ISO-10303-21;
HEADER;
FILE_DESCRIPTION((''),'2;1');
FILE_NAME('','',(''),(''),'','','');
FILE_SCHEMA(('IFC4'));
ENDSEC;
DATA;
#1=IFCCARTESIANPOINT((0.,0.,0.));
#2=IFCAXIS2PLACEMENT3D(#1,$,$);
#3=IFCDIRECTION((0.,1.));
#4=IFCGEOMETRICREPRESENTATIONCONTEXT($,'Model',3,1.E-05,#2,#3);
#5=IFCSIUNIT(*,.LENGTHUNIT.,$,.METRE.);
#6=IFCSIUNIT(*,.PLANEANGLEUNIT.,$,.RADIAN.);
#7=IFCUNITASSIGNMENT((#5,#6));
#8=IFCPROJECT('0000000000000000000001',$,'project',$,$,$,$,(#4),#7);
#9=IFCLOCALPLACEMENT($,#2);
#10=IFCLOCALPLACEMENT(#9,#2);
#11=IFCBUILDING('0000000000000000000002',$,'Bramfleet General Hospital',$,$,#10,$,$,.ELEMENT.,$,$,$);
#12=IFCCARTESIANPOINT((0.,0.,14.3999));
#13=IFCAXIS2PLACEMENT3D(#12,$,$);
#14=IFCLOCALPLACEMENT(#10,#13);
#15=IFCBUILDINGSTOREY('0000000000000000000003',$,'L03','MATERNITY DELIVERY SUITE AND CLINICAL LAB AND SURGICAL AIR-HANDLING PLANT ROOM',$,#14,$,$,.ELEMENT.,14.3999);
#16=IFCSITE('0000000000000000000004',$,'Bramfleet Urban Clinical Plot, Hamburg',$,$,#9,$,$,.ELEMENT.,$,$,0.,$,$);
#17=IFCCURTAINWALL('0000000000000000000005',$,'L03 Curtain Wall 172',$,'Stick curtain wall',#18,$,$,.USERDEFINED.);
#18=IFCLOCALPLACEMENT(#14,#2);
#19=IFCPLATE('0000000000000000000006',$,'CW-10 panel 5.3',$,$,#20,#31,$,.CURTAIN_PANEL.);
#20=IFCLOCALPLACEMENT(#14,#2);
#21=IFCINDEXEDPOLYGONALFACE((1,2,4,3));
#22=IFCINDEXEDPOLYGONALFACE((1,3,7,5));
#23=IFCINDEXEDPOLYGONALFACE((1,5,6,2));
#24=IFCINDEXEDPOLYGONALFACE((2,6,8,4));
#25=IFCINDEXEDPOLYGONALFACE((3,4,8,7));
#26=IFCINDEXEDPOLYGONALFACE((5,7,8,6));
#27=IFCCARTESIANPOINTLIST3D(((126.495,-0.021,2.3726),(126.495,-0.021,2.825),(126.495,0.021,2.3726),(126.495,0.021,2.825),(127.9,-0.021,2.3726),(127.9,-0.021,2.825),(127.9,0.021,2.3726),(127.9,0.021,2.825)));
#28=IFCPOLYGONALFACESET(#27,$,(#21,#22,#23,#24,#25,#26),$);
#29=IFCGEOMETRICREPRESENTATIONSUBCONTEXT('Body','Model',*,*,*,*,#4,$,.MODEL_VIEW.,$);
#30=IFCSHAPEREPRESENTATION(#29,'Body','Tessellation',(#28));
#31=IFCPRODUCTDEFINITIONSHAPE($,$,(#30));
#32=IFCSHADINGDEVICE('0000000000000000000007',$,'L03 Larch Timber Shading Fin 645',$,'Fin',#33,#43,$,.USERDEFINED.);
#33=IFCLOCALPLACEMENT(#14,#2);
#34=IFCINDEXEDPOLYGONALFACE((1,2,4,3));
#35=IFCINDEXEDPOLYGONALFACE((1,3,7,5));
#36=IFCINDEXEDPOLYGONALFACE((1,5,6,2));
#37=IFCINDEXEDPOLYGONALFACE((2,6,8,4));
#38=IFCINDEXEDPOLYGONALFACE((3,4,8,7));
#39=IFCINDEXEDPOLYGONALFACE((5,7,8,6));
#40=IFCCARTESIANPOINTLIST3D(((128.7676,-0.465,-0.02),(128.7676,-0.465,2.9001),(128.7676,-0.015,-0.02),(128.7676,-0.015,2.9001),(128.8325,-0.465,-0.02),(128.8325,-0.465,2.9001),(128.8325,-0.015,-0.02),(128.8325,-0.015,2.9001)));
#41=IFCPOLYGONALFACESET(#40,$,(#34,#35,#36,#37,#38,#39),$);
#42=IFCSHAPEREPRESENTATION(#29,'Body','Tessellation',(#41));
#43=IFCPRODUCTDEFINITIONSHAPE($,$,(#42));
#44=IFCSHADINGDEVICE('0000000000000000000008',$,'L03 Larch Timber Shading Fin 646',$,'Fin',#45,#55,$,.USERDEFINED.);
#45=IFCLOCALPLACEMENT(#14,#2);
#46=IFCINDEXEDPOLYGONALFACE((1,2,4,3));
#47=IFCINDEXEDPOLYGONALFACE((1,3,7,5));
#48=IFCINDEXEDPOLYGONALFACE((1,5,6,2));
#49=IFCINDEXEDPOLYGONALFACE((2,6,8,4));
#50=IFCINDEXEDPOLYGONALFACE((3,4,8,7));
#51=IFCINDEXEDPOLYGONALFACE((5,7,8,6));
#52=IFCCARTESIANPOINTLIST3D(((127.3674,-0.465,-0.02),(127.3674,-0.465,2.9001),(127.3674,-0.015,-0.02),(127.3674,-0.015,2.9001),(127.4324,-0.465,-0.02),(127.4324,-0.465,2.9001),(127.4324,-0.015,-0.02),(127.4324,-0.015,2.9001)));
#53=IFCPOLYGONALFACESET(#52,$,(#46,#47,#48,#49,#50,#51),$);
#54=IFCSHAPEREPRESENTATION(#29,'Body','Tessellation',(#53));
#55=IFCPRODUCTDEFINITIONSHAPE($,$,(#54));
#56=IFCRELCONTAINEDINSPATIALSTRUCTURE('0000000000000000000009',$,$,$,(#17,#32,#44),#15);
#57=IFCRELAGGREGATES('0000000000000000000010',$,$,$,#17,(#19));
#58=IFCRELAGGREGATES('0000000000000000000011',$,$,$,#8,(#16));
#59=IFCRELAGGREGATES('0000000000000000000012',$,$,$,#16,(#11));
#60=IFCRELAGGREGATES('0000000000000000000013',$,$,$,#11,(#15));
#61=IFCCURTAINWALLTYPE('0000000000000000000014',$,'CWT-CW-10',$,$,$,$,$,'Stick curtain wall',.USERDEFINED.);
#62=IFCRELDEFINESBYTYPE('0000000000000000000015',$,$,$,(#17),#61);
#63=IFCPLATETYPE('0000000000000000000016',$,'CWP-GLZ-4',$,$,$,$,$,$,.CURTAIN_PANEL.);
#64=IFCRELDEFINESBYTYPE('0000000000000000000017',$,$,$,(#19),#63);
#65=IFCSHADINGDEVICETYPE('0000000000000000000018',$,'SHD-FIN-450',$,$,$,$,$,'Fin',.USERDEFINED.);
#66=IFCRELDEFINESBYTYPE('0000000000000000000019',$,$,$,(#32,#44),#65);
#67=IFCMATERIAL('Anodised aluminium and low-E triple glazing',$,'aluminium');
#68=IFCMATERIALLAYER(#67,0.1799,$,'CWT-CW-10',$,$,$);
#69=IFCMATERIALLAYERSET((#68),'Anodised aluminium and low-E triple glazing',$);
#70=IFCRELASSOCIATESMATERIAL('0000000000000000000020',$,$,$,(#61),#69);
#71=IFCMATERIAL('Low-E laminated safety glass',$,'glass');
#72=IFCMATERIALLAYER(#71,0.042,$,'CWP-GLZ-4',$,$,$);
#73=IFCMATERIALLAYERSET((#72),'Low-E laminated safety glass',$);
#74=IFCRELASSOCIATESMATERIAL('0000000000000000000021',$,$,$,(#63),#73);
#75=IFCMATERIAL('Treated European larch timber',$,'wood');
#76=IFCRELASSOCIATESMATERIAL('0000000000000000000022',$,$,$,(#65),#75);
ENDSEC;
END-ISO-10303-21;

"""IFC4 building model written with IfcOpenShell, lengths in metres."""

from ifc_helpers import new_model, si_unit, direction, frame, origin, origin_2d, place, context, subcontext, project, spatial, rectangle, extrude, material, layer, layer_set, material_profile, profile_set, type_object, element, aggregate, save


model = new_model("IFC4")

# Units and contexts
model_context = context("Model", 3, precision=1e-05, world=origin(), true_north=direction((0.0, 1.0)))
body_context = subcontext(model_context, "Body", "Model", "MODEL_VIEW")
ifc_project = project(units=[si_unit("LENGTHUNIT", "METRE"), si_unit("PLANEANGLEUNIT", "RADIAN")], contexts=[model_context])

# Site, building, storey
site_placement = place(None, origin())
site = spatial("IfcSite", under=ifc_project, at=site_placement, Name="Bramfleet Urban Clinical Plot, Hamburg", CompositionType="ELEMENT", RefElevation=0.0)
building_placement = place(site_placement, origin())
building = spatial("IfcBuilding", under=site, at=building_placement, Name="Bramfleet General Hospital", CompositionType="ELEMENT")
storey_placement = place(building_placement, frame((0.0, 0.0, 14.3999)))
storey = spatial("IfcBuildingStorey", under=building, at=storey_placement, Name="L03", Description="MATERNITY DELIVERY SUITE AND CLINICAL LAB AND SURGICAL AIR-HANDLING PLANT ROOM", CompositionType="ELEMENT", Elevation=14.3999)

# Curtain wall, plate
ifc_material_1 = material(Name="Anodised aluminium and low-E triple glazing", Category="aluminium")
ifc_layer_1 = layer(ifc_material_1, 0.1799, Name="CWT-CW-10")
ifc_layer_set_1 = layer_set([ifc_layer_1], Name="Anodised aluminium and low-E triple glazing")
curtain_wall_type = type_object("IfcCurtainWallType", Name="CWT-CW-10", ElementType="Stick curtain wall", PredefinedType="USERDEFINED", material=ifc_layer_set_1)
curtain_wall_placement = place(storey_placement, origin())
curtain_wall = element("IfcCurtainWall", 1, at=curtain_wall_placement, inside=storey, type_object=curtain_wall_type, Name="L03 Curtain Wall 172", ObjectType="Stick curtain wall", PredefinedType="USERDEFINED")
ifc_material_2 = material(Name="Low-E laminated safety glass", Category="glass")
ifc_layer_2 = layer(ifc_material_2, 0.042, Name="CWP-GLZ-4")
ifc_layer_set_2 = layer_set([ifc_layer_2], Name="Low-E laminated safety glass")
plate_type = type_object("IfcPlateType", Name="CWP-GLZ-4", PredefinedType="CURTAIN_PANEL", material=ifc_layer_set_2)
plate_1_placement = place(storey_placement, frame((127.1975, 0.0, 2.3726), z_axis=(0.0, 0.0, 1.0), x_axis=(-1.0, 0.0, 0.0)))
plate_1 = element("IfcPlate", 2, at=plate_1_placement, type_object=plate_type, Name="CW-10 panel 5.3", PredefinedType="CURTAIN_PANEL", context=body_context, shape_type="SweptSolid", body=[
    extrude(rectangle(XDim=1.405, YDim=0.042, at=origin_2d()), origin(), (0.0, 0.0, 1.0), 0.4524),
])
aggregate(curtain_wall, [plate_1])

# Shading devices
ifc_material_3 = material(Name="Treated European larch timber", Category="wood")
ifc_material_profile_1 = material_profile(ifc_material_3, rectangle(XDim=0.0649, YDim=0.45, at=origin_2d()), Name="LARCH FIN 450x65")
ifc_profile_set_1 = profile_set([ifc_material_profile_1], Name="Treated European larch timber")
shading_device_type = type_object("IfcShadingDeviceType", Name="SHD-FIN-450", ElementType="Fin", PredefinedType="USERDEFINED", material=ifc_profile_set_1)
for number, where, z_axis, x_axis, name in (
    (3, (128.8, -0.24, -0.02), (0.0, 0.0, 1.0), (-1.0, 0.0, 0.0), "L03 Larch Timber Shading Fin 645"),
    (4, (127.3999, -0.24, -0.02), (0.0, 0.0, 1.0), (-1.0, 0.0, 0.0), "L03 Larch Timber Shading Fin 646"),
):
    element("IfcShadingDevice", number, at=place(storey_placement, frame(where, z_axis=z_axis, x_axis=x_axis)), inside=storey, type_object=shading_device_type, Name=name, ObjectType="Fin", PredefinedType="USERDEFINED", context=body_context, shape_type="SweptSolid", body=[
        extrude(rectangle(XDim=0.0649, YDim=0.45, at=origin_2d()), origin(), (0.0, 0.0, 1.0), 2.9202),
    ])

save(model, "model.ifc")
